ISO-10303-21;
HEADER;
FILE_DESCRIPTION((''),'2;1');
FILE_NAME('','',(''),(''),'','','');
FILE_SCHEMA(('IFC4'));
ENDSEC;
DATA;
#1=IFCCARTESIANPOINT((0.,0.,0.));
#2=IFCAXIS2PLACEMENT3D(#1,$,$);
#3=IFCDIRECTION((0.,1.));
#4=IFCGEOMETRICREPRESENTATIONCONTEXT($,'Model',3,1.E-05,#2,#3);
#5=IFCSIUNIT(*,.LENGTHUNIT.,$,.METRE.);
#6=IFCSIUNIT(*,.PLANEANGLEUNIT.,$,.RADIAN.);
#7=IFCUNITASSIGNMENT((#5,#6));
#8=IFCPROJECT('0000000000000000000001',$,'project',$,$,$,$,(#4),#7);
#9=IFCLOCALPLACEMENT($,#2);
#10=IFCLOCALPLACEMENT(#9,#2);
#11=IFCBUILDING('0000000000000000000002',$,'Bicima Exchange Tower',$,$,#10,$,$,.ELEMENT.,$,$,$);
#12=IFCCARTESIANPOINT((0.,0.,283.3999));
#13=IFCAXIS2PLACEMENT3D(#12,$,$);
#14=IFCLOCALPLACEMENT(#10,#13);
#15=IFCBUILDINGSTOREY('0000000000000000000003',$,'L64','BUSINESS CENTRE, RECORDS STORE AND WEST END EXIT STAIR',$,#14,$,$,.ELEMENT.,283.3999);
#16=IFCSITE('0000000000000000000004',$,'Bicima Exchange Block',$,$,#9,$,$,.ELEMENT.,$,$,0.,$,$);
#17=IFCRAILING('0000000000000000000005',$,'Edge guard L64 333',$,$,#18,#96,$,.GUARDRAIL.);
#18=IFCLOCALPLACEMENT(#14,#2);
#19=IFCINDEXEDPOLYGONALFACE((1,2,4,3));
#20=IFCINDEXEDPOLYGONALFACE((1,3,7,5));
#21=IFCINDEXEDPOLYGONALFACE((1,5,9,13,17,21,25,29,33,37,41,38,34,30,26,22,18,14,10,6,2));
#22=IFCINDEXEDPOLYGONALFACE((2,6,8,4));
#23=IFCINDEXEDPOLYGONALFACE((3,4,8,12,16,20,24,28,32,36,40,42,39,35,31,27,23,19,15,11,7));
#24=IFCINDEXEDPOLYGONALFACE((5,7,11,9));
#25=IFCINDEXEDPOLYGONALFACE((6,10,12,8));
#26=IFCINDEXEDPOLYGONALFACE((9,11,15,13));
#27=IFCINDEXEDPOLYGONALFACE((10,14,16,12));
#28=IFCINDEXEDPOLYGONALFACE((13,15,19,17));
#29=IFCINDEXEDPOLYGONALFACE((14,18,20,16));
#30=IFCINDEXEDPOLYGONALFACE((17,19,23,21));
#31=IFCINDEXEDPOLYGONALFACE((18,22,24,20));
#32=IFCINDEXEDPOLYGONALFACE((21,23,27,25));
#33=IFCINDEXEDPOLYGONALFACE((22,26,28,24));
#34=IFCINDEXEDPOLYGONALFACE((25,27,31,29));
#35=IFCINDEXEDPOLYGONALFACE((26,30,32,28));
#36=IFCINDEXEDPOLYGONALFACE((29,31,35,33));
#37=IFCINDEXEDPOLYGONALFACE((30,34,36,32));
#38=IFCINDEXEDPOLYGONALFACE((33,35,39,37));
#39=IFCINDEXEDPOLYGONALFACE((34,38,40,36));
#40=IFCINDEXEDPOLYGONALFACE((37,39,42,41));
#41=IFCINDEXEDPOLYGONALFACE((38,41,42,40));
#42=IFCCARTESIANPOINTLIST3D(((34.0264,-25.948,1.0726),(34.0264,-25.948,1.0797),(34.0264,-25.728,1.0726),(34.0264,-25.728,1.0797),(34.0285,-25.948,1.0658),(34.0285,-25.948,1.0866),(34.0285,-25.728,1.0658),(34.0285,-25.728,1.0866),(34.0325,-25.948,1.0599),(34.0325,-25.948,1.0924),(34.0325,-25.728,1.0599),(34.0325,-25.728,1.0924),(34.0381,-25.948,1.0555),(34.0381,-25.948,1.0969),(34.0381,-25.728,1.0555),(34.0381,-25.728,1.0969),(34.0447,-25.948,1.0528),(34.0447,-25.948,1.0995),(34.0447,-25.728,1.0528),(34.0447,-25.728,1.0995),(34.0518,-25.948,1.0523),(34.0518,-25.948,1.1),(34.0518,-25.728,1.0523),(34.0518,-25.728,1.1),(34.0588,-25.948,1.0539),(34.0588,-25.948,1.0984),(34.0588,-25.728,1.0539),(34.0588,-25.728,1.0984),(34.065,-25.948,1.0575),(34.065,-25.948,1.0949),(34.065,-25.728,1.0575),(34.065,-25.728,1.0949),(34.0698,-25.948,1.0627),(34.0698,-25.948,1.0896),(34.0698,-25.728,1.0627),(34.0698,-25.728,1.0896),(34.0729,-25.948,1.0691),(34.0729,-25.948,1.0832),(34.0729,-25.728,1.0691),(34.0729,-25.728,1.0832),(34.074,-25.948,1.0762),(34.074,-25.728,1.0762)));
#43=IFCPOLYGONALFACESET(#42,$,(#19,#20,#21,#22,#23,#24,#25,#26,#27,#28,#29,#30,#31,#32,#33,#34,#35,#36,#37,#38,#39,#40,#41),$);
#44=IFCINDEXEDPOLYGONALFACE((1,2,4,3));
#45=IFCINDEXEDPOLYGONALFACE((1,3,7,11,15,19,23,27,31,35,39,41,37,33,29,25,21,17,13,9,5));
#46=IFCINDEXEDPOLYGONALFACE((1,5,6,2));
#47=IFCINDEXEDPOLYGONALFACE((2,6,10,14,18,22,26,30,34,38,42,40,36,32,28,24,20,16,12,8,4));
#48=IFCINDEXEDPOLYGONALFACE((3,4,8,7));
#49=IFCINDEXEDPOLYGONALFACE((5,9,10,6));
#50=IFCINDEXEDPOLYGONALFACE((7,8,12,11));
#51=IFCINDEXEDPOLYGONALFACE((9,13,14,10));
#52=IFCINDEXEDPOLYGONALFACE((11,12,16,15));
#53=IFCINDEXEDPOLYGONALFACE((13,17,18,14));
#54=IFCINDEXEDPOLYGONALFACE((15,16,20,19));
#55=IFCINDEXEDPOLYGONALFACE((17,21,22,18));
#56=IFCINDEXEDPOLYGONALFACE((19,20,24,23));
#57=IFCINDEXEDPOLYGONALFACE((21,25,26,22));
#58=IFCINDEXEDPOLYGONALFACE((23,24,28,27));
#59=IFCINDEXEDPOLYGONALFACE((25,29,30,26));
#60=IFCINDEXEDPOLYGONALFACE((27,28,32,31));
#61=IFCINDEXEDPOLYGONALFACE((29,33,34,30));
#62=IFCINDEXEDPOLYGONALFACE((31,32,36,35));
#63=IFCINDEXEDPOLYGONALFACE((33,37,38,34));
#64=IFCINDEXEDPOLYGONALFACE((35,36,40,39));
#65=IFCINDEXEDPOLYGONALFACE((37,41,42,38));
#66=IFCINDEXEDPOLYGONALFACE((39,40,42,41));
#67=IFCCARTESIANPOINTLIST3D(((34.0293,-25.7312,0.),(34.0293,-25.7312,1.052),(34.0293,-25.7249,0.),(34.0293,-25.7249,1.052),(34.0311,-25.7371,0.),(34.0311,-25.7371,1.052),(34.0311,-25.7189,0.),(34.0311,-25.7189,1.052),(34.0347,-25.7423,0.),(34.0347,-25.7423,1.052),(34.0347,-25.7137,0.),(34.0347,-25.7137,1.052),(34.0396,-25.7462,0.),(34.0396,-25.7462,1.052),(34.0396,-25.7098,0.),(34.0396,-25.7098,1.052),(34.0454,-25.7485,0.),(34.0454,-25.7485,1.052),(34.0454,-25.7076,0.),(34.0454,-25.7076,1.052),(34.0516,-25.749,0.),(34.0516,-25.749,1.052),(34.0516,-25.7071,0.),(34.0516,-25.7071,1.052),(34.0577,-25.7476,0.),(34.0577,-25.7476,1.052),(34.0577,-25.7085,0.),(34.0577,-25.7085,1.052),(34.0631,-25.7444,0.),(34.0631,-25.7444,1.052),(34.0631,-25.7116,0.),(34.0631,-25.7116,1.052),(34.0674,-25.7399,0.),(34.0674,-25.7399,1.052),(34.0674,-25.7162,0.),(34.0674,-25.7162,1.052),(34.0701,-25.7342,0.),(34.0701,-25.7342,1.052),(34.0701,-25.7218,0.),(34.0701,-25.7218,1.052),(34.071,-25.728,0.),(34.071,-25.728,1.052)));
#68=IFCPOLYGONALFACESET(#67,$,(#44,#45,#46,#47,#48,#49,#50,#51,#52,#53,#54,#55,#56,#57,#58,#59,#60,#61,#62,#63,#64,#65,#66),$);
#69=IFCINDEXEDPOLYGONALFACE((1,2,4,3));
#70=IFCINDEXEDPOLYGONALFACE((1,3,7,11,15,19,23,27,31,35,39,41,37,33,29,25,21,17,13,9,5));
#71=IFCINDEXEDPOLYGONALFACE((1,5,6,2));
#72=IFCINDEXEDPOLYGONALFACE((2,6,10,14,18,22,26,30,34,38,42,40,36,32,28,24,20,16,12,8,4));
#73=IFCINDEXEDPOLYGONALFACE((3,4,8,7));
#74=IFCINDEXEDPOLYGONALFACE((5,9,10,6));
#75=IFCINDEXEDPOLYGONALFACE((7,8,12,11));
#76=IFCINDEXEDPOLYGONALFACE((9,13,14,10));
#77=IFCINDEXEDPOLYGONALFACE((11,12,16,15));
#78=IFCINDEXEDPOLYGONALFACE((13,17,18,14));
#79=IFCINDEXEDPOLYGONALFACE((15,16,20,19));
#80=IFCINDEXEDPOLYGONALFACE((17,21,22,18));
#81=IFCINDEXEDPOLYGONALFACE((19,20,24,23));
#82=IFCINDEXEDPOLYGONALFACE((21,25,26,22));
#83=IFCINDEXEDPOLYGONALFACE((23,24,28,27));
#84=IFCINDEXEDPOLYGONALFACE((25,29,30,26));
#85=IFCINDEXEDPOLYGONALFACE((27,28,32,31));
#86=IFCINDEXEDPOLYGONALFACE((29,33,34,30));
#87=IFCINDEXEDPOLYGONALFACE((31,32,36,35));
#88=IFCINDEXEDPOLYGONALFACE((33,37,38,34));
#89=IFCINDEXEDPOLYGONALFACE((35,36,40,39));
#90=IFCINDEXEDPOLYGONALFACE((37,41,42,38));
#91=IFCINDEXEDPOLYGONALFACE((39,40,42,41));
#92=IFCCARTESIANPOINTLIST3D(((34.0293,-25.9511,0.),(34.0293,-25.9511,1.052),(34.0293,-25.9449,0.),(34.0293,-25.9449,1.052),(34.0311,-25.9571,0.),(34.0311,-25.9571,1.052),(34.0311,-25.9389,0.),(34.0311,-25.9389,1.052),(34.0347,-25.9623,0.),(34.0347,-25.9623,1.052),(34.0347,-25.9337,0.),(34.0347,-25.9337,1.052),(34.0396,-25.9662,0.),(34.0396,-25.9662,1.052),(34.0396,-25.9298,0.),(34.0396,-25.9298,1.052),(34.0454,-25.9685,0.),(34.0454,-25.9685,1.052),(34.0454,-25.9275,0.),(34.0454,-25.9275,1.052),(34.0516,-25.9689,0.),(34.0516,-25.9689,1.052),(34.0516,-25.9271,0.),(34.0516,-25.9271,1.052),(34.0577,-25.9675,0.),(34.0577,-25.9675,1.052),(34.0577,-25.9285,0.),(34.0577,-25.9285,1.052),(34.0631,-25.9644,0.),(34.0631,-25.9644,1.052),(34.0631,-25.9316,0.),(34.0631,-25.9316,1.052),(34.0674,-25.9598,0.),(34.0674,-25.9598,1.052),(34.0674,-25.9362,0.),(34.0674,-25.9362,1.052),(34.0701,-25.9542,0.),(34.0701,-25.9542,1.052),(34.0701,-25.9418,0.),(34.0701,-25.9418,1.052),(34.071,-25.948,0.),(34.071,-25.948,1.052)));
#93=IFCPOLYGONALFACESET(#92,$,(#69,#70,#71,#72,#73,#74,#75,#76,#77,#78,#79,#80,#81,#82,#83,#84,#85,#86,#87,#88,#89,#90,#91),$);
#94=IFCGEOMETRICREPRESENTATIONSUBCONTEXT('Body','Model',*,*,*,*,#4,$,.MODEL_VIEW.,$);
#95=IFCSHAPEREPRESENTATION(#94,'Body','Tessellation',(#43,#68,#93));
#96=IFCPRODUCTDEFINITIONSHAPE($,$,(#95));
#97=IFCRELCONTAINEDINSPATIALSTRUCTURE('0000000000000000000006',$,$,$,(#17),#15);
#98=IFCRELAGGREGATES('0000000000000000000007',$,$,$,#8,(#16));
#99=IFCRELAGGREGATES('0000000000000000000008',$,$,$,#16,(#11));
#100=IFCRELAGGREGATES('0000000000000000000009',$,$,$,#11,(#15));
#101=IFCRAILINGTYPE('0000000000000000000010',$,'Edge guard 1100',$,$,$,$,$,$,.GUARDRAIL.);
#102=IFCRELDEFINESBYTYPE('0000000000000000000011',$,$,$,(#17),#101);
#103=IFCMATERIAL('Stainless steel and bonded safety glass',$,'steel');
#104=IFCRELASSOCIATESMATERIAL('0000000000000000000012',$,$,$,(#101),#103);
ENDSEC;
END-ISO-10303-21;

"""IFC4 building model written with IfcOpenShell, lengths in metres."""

from ifc_helpers import new_model, si_unit, direction, frame, origin, origin_2d, place, context, subcontext, project, spatial, circle, extrude, material, type_object, element, save


model = new_model("IFC4")

# Units and contexts
model_context = context("Model", 3, precision=1e-05, world=origin(), true_north=direction((0.0, 1.0)))
body_context = subcontext(model_context, "Body", "Model", "MODEL_VIEW")
ifc_project = project(units=[si_unit("LENGTHUNIT", "METRE"), si_unit("PLANEANGLEUNIT", "RADIAN")], contexts=[model_context])

# Site, building, storey
site_placement = place(None, origin())
site = spatial("IfcSite", under=ifc_project, at=site_placement, Name="Bicima Exchange Block", CompositionType="ELEMENT", RefElevation=0.0)
building_placement = place(site_placement, origin())
building = spatial("IfcBuilding", under=site, at=building_placement, Name="Bicima Exchange Tower", CompositionType="ELEMENT")
storey_placement = place(building_placement, frame((0.0, 0.0, 283.3999)))
storey = spatial("IfcBuildingStorey", under=building, at=storey_placement, Name="L64", Description="BUSINESS CENTRE, RECORDS STORE AND WEST END EXIT STAIR", CompositionType="ELEMENT", Elevation=283.3999)

# Railing
ifc_material_1 = material(Name="Stainless steel and bonded safety glass", Category="steel")
railing_type = type_object("IfcRailingType", Name="Edge guard 1100", PredefinedType="GUARDRAIL", material=ifc_material_1)
railing_1_placement = place(storey_placement, frame((34.05, -25.728, 0.0)))
element("IfcRailing", 1, at=railing_1_placement, inside=storey, type_object=railing_type, Name="Edge guard L64 333", PredefinedType="GUARDRAIL", context=body_context, shape_type="SweptSolid", body=[
    extrude(circle(Radius=0.0239, at=origin_2d()), frame((0.0, 0.0, 1.0762), z_axis=(0.0, -1.0, 0.0), x_axis=(1.0, 0.0, 0.0)), (0.0, 0.0, 1.0), 0.22),
    extrude(circle(Radius=0.021, at=origin_2d()), origin(), (0.0, 0.0, 1.0), 1.052),
    extrude(circle(Radius=0.021, at=origin_2d()), frame((0.0, -0.22, 0.0)), (0.0, 0.0, 1.0), 1.052),
])

save(model, "model.ifc")
